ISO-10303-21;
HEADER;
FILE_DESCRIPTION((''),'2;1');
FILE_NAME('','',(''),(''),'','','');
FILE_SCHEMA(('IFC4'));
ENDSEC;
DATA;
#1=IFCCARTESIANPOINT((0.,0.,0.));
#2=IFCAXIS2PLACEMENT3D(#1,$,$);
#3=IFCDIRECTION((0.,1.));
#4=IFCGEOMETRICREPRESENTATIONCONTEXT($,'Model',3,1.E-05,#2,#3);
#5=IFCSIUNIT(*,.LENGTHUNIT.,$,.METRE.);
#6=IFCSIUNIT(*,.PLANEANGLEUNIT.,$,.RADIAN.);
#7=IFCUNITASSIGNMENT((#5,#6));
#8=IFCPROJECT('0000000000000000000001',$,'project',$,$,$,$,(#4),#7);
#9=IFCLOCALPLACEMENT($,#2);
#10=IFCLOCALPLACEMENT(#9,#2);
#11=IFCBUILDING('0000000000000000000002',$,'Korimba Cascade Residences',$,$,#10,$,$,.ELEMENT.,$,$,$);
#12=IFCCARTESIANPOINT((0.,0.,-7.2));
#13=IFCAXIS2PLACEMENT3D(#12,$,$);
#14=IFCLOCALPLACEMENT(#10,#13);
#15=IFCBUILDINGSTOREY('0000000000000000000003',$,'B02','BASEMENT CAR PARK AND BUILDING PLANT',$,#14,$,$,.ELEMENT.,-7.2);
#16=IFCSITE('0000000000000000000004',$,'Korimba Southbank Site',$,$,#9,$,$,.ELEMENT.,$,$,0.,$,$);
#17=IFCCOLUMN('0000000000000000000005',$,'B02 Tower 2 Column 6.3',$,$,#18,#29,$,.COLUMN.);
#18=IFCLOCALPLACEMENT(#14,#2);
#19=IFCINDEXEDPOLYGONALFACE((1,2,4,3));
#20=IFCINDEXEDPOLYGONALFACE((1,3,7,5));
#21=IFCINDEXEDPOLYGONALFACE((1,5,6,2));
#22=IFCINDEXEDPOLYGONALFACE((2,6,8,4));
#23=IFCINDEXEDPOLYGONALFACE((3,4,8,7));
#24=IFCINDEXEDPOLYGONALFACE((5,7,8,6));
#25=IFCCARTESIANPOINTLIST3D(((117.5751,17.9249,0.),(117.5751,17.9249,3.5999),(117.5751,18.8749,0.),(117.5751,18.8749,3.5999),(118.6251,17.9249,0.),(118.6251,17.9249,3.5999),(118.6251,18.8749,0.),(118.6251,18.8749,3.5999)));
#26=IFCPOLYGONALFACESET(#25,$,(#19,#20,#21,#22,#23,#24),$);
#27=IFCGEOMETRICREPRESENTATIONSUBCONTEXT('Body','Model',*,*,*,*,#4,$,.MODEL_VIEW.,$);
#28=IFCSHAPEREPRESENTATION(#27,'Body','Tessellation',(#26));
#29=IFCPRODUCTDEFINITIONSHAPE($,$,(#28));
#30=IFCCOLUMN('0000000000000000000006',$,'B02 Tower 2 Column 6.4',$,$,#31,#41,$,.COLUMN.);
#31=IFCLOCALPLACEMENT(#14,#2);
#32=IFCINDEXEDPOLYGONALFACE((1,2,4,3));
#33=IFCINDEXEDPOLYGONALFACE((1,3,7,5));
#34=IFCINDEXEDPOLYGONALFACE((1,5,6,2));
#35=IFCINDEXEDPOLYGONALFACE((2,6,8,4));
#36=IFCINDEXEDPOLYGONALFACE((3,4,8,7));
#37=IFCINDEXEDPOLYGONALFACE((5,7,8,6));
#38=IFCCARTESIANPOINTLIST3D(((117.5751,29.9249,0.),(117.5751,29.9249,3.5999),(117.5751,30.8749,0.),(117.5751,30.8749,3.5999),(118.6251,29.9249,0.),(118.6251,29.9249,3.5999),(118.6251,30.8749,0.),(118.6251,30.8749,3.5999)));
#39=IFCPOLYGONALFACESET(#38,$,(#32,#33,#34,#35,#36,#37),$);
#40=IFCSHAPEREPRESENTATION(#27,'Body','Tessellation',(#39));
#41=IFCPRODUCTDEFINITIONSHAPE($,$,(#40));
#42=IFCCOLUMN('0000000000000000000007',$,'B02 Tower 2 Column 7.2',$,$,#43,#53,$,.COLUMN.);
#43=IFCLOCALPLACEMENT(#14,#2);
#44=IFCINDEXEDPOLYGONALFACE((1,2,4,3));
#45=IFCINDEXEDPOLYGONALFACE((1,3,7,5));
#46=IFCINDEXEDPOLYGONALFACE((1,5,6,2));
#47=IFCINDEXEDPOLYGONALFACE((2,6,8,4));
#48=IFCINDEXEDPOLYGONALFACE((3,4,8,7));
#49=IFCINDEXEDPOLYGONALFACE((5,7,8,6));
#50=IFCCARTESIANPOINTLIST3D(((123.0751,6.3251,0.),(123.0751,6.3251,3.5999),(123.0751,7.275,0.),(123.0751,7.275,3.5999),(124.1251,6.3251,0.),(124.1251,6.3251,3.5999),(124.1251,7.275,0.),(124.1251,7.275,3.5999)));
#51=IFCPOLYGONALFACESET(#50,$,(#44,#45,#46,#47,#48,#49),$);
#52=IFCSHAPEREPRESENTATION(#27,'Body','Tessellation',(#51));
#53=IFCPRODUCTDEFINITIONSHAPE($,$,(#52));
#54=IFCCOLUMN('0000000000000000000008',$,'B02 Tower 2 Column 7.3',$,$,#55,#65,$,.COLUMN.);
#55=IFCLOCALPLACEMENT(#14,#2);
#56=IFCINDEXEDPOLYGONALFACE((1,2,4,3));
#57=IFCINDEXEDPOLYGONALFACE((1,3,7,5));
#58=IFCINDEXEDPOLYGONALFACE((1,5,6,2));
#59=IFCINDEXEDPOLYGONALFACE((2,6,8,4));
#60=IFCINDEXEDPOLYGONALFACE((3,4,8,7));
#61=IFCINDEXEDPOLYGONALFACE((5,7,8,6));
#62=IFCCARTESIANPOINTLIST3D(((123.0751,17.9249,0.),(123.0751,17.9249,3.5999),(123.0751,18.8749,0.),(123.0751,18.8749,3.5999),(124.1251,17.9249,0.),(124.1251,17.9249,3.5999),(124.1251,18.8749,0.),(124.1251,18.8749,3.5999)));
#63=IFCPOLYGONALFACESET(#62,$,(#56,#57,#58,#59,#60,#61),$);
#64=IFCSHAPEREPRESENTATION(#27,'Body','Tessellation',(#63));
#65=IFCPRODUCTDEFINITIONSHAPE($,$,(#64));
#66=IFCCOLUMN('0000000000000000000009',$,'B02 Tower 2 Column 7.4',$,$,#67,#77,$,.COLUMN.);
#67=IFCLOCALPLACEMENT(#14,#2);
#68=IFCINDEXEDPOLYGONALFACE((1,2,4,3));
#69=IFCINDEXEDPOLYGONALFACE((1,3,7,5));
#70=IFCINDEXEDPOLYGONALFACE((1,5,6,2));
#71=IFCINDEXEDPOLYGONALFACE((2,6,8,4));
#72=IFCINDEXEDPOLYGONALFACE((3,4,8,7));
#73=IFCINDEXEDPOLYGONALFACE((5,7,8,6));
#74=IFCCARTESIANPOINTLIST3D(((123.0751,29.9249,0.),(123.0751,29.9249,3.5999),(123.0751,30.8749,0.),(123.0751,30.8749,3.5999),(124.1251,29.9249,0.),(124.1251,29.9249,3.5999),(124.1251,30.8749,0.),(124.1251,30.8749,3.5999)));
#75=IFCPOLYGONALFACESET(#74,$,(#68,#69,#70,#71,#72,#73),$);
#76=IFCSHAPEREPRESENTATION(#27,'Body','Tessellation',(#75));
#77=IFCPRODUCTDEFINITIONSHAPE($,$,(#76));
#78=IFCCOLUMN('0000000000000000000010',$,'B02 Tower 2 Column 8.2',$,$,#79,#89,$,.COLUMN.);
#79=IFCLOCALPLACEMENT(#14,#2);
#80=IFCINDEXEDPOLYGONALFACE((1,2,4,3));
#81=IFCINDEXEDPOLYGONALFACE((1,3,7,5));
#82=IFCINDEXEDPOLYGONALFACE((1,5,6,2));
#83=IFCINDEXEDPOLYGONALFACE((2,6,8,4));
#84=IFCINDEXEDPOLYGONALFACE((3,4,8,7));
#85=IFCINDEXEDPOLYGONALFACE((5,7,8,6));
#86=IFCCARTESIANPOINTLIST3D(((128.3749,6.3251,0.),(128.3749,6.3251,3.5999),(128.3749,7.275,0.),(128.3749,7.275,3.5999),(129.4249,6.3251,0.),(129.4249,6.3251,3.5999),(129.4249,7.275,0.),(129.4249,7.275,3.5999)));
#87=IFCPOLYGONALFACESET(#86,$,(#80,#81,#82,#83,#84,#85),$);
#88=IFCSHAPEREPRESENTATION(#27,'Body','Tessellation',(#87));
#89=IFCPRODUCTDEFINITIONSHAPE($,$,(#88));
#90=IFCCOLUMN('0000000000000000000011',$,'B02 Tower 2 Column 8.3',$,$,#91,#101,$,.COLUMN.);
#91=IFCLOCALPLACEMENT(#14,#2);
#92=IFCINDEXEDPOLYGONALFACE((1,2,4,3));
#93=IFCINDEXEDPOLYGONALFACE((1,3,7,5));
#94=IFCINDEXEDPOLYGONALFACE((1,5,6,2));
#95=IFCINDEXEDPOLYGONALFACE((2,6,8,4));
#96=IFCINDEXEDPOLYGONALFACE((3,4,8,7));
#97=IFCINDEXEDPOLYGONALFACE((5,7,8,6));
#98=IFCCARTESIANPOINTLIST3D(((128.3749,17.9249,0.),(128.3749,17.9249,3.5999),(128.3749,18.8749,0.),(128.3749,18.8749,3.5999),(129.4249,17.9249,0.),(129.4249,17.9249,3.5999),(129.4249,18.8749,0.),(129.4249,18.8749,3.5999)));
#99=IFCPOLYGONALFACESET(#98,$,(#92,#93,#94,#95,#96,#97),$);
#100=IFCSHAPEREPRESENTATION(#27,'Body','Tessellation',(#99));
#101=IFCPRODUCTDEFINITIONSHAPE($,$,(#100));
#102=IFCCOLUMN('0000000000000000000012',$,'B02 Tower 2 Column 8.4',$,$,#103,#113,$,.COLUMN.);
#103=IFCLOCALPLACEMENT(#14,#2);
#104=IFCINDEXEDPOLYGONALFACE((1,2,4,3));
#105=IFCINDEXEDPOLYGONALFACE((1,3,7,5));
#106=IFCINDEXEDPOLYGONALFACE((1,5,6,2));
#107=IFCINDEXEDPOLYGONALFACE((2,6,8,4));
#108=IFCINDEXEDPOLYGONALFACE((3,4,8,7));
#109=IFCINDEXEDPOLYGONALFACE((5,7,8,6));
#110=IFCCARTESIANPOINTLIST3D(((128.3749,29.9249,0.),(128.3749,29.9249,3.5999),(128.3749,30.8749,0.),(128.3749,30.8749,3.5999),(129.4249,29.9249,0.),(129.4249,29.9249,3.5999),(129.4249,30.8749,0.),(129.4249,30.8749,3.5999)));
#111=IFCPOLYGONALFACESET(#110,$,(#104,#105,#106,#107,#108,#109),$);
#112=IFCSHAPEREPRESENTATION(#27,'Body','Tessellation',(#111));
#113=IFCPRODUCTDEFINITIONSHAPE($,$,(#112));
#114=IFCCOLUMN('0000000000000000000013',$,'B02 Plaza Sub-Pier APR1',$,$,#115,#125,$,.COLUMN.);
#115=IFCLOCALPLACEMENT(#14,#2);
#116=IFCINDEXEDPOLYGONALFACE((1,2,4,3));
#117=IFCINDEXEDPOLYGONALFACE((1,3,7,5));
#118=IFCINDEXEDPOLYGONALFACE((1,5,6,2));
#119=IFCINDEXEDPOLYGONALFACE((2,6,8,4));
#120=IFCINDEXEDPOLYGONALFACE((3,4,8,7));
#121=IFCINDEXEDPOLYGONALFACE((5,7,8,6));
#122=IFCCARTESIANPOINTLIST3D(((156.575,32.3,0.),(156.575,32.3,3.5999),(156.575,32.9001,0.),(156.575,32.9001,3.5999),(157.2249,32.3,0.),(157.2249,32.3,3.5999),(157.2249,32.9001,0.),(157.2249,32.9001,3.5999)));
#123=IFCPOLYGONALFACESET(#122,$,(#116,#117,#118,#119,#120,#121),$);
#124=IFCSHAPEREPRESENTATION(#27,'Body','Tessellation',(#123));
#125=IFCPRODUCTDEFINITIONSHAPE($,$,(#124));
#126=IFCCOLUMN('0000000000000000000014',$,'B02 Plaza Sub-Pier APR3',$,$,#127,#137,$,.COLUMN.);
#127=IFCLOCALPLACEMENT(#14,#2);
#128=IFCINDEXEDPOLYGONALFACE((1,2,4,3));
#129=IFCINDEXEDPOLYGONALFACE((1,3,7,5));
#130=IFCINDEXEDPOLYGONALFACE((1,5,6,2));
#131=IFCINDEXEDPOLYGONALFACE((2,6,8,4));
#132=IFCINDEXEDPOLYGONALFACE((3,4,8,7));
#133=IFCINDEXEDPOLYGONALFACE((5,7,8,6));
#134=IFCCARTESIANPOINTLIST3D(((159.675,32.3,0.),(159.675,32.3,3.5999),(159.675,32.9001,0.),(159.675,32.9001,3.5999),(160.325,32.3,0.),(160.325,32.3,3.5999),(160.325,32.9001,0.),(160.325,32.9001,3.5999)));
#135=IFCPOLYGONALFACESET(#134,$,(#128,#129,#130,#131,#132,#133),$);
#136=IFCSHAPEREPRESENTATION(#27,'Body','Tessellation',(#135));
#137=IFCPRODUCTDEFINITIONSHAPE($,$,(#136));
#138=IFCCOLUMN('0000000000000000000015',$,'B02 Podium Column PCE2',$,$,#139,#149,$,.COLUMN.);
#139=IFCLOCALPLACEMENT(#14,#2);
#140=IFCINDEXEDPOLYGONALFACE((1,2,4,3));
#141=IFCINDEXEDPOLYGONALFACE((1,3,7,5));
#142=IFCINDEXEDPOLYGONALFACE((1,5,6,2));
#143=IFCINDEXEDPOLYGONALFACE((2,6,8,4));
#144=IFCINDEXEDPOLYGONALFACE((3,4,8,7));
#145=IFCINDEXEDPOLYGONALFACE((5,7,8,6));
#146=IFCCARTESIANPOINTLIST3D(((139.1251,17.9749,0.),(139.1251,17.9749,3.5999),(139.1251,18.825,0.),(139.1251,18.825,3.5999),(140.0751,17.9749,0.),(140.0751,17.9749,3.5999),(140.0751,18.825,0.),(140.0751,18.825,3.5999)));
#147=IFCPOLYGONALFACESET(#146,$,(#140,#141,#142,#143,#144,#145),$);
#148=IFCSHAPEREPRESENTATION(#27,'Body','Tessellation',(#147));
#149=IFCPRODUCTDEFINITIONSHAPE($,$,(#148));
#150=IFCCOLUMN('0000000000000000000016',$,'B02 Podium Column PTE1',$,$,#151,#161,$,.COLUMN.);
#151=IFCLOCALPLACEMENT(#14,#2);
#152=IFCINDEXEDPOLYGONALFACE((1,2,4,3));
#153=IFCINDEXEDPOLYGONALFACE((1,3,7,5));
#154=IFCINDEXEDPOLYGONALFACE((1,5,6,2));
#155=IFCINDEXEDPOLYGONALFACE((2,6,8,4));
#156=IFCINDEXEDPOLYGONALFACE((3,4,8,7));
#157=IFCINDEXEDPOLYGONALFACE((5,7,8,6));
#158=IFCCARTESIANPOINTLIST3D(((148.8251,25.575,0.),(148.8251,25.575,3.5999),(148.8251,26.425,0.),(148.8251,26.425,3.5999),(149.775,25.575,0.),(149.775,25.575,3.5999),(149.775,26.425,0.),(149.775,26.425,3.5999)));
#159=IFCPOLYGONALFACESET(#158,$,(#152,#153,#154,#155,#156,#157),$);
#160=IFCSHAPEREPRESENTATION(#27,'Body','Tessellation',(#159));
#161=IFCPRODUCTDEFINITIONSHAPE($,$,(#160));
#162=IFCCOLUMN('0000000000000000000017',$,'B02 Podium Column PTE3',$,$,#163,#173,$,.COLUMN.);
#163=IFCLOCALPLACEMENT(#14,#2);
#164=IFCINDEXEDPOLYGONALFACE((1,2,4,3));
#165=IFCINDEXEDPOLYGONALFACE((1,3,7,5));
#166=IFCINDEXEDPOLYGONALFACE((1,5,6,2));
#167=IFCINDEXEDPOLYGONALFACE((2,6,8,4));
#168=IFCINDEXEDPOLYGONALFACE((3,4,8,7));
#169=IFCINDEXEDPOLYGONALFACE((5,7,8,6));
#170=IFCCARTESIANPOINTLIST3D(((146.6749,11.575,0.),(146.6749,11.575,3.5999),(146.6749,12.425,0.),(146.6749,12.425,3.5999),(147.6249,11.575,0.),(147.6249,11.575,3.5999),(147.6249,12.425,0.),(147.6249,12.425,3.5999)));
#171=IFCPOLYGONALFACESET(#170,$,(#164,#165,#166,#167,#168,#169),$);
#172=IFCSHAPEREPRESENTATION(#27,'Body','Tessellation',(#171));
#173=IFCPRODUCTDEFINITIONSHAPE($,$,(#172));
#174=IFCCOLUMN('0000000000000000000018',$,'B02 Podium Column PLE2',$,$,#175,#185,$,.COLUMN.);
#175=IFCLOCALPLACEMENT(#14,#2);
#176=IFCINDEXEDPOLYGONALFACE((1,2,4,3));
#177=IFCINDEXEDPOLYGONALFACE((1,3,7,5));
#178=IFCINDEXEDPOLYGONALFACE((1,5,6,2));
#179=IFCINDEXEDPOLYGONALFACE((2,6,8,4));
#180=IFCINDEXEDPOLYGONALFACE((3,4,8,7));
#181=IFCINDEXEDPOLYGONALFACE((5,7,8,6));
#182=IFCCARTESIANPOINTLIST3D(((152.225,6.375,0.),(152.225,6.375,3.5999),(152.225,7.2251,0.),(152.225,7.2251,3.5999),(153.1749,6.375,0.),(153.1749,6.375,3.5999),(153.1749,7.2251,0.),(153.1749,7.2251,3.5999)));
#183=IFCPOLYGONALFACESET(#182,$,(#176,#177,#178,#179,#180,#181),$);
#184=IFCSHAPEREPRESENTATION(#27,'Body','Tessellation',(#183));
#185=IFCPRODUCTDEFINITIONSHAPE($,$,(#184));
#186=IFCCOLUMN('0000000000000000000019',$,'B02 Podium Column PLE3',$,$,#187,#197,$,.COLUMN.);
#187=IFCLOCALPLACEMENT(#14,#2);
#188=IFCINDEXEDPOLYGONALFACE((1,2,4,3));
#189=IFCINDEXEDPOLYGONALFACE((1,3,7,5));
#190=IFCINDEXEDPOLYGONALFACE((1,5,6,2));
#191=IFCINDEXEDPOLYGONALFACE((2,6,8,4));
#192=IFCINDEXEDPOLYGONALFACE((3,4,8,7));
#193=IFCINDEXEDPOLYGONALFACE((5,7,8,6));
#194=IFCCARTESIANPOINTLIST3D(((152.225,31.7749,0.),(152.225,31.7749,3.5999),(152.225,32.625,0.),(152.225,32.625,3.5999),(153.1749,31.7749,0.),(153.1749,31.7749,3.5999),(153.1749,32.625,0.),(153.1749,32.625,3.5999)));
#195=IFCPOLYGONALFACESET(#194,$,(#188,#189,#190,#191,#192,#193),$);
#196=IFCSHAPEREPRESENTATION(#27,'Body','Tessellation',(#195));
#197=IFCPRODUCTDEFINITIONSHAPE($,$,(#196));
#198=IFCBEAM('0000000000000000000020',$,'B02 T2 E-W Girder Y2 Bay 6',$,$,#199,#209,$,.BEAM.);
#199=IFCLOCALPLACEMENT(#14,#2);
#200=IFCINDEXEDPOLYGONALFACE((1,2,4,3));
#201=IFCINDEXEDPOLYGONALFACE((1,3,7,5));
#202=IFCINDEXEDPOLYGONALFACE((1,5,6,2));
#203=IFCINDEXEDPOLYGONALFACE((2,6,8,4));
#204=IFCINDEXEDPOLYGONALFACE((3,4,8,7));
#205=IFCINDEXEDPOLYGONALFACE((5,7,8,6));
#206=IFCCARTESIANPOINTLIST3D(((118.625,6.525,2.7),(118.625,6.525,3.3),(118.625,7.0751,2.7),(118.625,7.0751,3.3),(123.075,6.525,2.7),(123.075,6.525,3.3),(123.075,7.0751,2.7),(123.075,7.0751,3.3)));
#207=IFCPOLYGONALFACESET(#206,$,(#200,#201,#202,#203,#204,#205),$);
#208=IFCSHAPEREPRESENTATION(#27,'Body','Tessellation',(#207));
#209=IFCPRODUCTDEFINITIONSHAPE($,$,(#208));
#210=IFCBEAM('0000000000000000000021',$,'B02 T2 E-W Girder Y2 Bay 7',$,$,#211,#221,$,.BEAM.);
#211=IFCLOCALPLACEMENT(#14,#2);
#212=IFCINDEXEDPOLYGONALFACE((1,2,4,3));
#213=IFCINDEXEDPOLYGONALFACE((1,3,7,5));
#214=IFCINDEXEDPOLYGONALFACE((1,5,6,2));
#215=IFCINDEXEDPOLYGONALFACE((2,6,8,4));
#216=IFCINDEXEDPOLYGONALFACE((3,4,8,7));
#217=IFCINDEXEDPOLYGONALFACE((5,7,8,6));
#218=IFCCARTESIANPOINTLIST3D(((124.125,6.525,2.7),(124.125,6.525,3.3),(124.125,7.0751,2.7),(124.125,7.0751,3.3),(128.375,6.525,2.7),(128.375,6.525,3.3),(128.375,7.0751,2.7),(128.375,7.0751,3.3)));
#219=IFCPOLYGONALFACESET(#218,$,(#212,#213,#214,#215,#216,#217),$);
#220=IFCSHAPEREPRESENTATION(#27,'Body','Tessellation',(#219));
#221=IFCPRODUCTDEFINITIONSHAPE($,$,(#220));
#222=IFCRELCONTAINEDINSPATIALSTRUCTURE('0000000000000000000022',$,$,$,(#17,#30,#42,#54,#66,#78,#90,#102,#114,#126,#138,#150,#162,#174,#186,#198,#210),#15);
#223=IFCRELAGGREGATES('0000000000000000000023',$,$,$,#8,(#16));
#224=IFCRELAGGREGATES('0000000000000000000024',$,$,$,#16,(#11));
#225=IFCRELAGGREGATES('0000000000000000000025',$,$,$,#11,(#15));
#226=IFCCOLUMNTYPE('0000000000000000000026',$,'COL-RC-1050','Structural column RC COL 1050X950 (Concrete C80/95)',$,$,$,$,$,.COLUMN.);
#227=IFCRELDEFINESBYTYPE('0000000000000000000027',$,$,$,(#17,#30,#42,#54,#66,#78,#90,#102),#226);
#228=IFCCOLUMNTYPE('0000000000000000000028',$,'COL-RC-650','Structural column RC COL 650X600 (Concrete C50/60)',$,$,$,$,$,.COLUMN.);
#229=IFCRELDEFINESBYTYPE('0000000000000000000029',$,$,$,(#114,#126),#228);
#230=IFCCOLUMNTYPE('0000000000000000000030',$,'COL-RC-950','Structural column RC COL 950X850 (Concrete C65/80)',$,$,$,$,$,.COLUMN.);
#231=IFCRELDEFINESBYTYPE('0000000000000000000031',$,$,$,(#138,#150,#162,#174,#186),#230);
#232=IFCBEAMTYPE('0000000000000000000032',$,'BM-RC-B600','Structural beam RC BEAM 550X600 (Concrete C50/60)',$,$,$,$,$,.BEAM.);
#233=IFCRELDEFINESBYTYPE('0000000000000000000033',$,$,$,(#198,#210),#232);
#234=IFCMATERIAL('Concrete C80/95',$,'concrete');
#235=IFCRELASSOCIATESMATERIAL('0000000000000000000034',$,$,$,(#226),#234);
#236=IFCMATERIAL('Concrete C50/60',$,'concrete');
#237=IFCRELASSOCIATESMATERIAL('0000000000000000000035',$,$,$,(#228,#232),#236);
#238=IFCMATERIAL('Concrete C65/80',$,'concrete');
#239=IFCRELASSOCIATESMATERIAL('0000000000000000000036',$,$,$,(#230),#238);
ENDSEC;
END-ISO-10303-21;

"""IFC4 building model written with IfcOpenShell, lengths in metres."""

from ifc_helpers import new_model, si_unit, direction, frame, origin, origin_2d, place, context, subcontext, project, spatial, rectangle, extrude, material, material_profile, profile_set, type_object, element, save


model = new_model("IFC4")

# Units and contexts
model_context = context("Model", 3, precision=1e-05, world=origin(), true_north=direction((0.0, 1.0)))
body_context = subcontext(model_context, "Body", "Model", "MODEL_VIEW")
ifc_project = project(units=[si_unit("LENGTHUNIT", "METRE"), si_unit("PLANEANGLEUNIT", "RADIAN")], contexts=[model_context])

# Site, building, storey
site_placement = place(None, origin())
site = spatial("IfcSite", under=ifc_project, at=site_placement, Name="Korimba Southbank Site", CompositionType="ELEMENT", RefElevation=0.0)
building_placement = place(site_placement, origin())
building = spatial("IfcBuilding", under=site, at=building_placement, Name="Korimba Cascade Residences", CompositionType="ELEMENT")
storey_placement = place(building_placement, frame((0.0, 0.0, -7.2)))
storey = spatial("IfcBuildingStorey", under=building, at=storey_placement, Name="B02", Description="BASEMENT CAR PARK AND BUILDING PLANT", CompositionType="ELEMENT", Elevation=-7.2)

# Columns
ifc_material_1 = material(Name="Concrete C80/95", Category="concrete")
ifc_material_profile_1 = material_profile(ifc_material_1, rectangle(XDim=1.05, YDim=0.95, at=origin_2d()), Name="Concrete C80/95")
ifc_profile_set_1 = profile_set([ifc_material_profile_1], Name="Concrete C80/95")
column_type_1 = type_object("IfcColumnType", Name="COL-RC-1050", Description="Structural column RC COL 1050X950 (Concrete C80/95)", PredefinedType="COLUMN", material=ifc_profile_set_1)
for number, where, z_axis, x_axis, name in (
    (1, (118.1001, 18.3999, 0.0), (0.0, 0.0, 1.0), (1.0, 0.0, 0.0), "B02 Tower 2 Column 6.3"),
    (2, (118.1001, 30.3999, 0.0), (0.0, 0.0, 1.0), (1.0, 0.0, 0.0), "B02 Tower 2 Column 6.4"),
    (3, (123.6001, 6.8, 0.0), (0.0, 0.0, 1.0), (1.0, 0.0, 0.0), "B02 Tower 2 Column 7.2"),
    (4, (123.6001, 18.3999, 0.0), (0.0, 0.0, 1.0), (1.0, 0.0, 0.0), "B02 Tower 2 Column 7.3"),
    (5, (123.6001, 30.3999, 0.0), (0.0, 0.0, 1.0), (1.0, 0.0, 0.0), "B02 Tower 2 Column 7.4"),
    (6, (128.8999, 6.8, 0.0), (0.0, 0.0, 1.0), (1.0, 0.0, 0.0), "B02 Tower 2 Column 8.2"),
    (7, (128.8999, 18.3999, 0.0), (0.0, 0.0, 1.0), (1.0, 0.0, 0.0), "B02 Tower 2 Column 8.3"),
    (8, (128.8999, 30.3999, 0.0), (0.0, 0.0, 1.0), (1.0, 0.0, 0.0), "B02 Tower 2 Column 8.4"),
):
    element("IfcColumn", number, at=place(storey_placement, frame(where, z_axis=z_axis, x_axis=x_axis)), inside=storey, type_object=column_type_1, Name=name, PredefinedType="COLUMN", context=body_context, shape_type="SweptSolid", body=[
        extrude(rectangle(XDim=1.05, YDim=0.95, at=origin_2d()), origin(), (0.0, 0.0, 1.0), 3.5999),
    ])
ifc_material_2 = material(Name="Concrete C50/60", Category="concrete")
ifc_material_profile_2 = material_profile(ifc_material_2, rectangle(XDim=0.6499, YDim=0.6001, at=origin_2d()), Name="Concrete C50/60")
ifc_profile_set_2 = profile_set([ifc_material_profile_2], Name="Concrete C50/60")
column_type_2 = type_object("IfcColumnType", Name="COL-RC-650", Description="Structural column RC COL 650X600 (Concrete C50/60)", PredefinedType="COLUMN", material=ifc_profile_set_2)
for number, where, z_axis, x_axis, name in (
    (9, (156.8999, 32.6001, 0.0), (0.0, 0.0, 1.0), (1.0, 0.0, 0.0), "B02 Plaza Sub-Pier APR1"),
    (10, (160.0, 32.6001, 0.0), (0.0, 0.0, 1.0), (1.0, 0.0, 0.0), "B02 Plaza Sub-Pier APR3"),
):
    element("IfcColumn", number, at=place(storey_placement, frame(where, z_axis=z_axis, x_axis=x_axis)), inside=storey, type_object=column_type_2, Name=name, PredefinedType="COLUMN", context=body_context, shape_type="SweptSolid", body=[
        extrude(rectangle(XDim=0.6499, YDim=0.6001, at=origin_2d()), origin(), (0.0, 0.0, 1.0), 3.5999),
    ])
ifc_material_3 = material(Name="Concrete C65/80", Category="concrete")
ifc_material_profile_3 = material_profile(ifc_material_3, rectangle(XDim=0.95, YDim=0.8501, at=origin_2d()), Name="Concrete C65/80")
ifc_profile_set_3 = profile_set([ifc_material_profile_3], Name="Concrete C65/80")
column_type_3 = type_object("IfcColumnType", Name="COL-RC-950", Description="Structural column RC COL 950X850 (Concrete C65/80)", PredefinedType="COLUMN", material=ifc_profile_set_3)
for number, where, z_axis, x_axis, name in (
    (11, (139.6001, 18.3999, 0.0), (0.0, 0.0, 1.0), (1.0, 0.0, 0.0), "B02 Podium Column PCE2"),
    (12, (149.3, 26.0, 0.0), (0.0, 0.0, 1.0), (1.0, 0.0, 0.0), "B02 Podium Column PTE1"),
    (13, (147.1499, 12.0, 0.0), (0.0, 0.0, 1.0), (1.0, 0.0, 0.0), "B02 Podium Column PTE3"),
    (14, (152.7, 6.8, 0.0), (0.0, 0.0, 1.0), (1.0, 0.0, 0.0), "B02 Podium Column PLE2"),
    (15, (152.7, 32.2, 0.0), (0.0, 0.0, 1.0), (1.0, 0.0, 0.0), "B02 Podium Column PLE3"),
):
    element("IfcColumn", number, at=place(storey_placement, frame(where, z_axis=z_axis, x_axis=x_axis)), inside=storey, type_object=column_type_3, Name=name, PredefinedType="COLUMN", context=body_context, shape_type="SweptSolid", body=[
        extrude(rectangle(XDim=0.95, YDim=0.8501, at=origin_2d()), origin(), (0.0, 0.0, 1.0), 3.5999),
    ])

# Beams
ifc_material_profile_4 = material_profile(ifc_material_2, rectangle(XDim=0.55, YDim=0.6001, at=origin_2d()), Name="Concrete C50/60")
ifc_profile_set_4 = profile_set([ifc_material_profile_4], Name="Concrete C50/60")
beam_type_1 = type_object("IfcBeamType", Name="BM-RC-B600", Description="Structural beam RC BEAM 550X600 (Concrete C50/60)", PredefinedType="BEAM", material=ifc_profile_set_4)
beam_1_placement = place(storey_placement, frame((118.625, 6.8, 3.0), z_axis=(1.0, 0.0, 0.0), x_axis=(0.0, 1.0, 0.0)))
element("IfcBeam", 16, at=beam_1_placement, inside=storey, type_object=beam_type_1, Name="B02 T2 E-W Girder Y2 Bay 6", PredefinedType="BEAM", context=body_context, shape_type="SweptSolid", body=[
    extrude(rectangle(XDim=0.55, YDim=0.6001, at=origin_2d()), origin(), (0.0, 0.0, 1.0), 4.45),
])
beam_2_placement = place(storey_placement, frame((124.125, 6.8, 3.0), z_axis=(1.0, 0.0, 0.0), x_axis=(0.0, 1.0, 0.0)))
element("IfcBeam", 17, at=beam_2_placement, inside=storey, type_object=beam_type_1, Name="B02 T2 E-W Girder Y2 Bay 7", PredefinedType="BEAM", context=body_context, shape_type="SweptSolid", body=[
    extrude(rectangle(XDim=0.55, YDim=0.6001, at=origin_2d()), origin(), (0.0, 0.0, 1.0), 4.25),
])

save(model, "model.ifc")
